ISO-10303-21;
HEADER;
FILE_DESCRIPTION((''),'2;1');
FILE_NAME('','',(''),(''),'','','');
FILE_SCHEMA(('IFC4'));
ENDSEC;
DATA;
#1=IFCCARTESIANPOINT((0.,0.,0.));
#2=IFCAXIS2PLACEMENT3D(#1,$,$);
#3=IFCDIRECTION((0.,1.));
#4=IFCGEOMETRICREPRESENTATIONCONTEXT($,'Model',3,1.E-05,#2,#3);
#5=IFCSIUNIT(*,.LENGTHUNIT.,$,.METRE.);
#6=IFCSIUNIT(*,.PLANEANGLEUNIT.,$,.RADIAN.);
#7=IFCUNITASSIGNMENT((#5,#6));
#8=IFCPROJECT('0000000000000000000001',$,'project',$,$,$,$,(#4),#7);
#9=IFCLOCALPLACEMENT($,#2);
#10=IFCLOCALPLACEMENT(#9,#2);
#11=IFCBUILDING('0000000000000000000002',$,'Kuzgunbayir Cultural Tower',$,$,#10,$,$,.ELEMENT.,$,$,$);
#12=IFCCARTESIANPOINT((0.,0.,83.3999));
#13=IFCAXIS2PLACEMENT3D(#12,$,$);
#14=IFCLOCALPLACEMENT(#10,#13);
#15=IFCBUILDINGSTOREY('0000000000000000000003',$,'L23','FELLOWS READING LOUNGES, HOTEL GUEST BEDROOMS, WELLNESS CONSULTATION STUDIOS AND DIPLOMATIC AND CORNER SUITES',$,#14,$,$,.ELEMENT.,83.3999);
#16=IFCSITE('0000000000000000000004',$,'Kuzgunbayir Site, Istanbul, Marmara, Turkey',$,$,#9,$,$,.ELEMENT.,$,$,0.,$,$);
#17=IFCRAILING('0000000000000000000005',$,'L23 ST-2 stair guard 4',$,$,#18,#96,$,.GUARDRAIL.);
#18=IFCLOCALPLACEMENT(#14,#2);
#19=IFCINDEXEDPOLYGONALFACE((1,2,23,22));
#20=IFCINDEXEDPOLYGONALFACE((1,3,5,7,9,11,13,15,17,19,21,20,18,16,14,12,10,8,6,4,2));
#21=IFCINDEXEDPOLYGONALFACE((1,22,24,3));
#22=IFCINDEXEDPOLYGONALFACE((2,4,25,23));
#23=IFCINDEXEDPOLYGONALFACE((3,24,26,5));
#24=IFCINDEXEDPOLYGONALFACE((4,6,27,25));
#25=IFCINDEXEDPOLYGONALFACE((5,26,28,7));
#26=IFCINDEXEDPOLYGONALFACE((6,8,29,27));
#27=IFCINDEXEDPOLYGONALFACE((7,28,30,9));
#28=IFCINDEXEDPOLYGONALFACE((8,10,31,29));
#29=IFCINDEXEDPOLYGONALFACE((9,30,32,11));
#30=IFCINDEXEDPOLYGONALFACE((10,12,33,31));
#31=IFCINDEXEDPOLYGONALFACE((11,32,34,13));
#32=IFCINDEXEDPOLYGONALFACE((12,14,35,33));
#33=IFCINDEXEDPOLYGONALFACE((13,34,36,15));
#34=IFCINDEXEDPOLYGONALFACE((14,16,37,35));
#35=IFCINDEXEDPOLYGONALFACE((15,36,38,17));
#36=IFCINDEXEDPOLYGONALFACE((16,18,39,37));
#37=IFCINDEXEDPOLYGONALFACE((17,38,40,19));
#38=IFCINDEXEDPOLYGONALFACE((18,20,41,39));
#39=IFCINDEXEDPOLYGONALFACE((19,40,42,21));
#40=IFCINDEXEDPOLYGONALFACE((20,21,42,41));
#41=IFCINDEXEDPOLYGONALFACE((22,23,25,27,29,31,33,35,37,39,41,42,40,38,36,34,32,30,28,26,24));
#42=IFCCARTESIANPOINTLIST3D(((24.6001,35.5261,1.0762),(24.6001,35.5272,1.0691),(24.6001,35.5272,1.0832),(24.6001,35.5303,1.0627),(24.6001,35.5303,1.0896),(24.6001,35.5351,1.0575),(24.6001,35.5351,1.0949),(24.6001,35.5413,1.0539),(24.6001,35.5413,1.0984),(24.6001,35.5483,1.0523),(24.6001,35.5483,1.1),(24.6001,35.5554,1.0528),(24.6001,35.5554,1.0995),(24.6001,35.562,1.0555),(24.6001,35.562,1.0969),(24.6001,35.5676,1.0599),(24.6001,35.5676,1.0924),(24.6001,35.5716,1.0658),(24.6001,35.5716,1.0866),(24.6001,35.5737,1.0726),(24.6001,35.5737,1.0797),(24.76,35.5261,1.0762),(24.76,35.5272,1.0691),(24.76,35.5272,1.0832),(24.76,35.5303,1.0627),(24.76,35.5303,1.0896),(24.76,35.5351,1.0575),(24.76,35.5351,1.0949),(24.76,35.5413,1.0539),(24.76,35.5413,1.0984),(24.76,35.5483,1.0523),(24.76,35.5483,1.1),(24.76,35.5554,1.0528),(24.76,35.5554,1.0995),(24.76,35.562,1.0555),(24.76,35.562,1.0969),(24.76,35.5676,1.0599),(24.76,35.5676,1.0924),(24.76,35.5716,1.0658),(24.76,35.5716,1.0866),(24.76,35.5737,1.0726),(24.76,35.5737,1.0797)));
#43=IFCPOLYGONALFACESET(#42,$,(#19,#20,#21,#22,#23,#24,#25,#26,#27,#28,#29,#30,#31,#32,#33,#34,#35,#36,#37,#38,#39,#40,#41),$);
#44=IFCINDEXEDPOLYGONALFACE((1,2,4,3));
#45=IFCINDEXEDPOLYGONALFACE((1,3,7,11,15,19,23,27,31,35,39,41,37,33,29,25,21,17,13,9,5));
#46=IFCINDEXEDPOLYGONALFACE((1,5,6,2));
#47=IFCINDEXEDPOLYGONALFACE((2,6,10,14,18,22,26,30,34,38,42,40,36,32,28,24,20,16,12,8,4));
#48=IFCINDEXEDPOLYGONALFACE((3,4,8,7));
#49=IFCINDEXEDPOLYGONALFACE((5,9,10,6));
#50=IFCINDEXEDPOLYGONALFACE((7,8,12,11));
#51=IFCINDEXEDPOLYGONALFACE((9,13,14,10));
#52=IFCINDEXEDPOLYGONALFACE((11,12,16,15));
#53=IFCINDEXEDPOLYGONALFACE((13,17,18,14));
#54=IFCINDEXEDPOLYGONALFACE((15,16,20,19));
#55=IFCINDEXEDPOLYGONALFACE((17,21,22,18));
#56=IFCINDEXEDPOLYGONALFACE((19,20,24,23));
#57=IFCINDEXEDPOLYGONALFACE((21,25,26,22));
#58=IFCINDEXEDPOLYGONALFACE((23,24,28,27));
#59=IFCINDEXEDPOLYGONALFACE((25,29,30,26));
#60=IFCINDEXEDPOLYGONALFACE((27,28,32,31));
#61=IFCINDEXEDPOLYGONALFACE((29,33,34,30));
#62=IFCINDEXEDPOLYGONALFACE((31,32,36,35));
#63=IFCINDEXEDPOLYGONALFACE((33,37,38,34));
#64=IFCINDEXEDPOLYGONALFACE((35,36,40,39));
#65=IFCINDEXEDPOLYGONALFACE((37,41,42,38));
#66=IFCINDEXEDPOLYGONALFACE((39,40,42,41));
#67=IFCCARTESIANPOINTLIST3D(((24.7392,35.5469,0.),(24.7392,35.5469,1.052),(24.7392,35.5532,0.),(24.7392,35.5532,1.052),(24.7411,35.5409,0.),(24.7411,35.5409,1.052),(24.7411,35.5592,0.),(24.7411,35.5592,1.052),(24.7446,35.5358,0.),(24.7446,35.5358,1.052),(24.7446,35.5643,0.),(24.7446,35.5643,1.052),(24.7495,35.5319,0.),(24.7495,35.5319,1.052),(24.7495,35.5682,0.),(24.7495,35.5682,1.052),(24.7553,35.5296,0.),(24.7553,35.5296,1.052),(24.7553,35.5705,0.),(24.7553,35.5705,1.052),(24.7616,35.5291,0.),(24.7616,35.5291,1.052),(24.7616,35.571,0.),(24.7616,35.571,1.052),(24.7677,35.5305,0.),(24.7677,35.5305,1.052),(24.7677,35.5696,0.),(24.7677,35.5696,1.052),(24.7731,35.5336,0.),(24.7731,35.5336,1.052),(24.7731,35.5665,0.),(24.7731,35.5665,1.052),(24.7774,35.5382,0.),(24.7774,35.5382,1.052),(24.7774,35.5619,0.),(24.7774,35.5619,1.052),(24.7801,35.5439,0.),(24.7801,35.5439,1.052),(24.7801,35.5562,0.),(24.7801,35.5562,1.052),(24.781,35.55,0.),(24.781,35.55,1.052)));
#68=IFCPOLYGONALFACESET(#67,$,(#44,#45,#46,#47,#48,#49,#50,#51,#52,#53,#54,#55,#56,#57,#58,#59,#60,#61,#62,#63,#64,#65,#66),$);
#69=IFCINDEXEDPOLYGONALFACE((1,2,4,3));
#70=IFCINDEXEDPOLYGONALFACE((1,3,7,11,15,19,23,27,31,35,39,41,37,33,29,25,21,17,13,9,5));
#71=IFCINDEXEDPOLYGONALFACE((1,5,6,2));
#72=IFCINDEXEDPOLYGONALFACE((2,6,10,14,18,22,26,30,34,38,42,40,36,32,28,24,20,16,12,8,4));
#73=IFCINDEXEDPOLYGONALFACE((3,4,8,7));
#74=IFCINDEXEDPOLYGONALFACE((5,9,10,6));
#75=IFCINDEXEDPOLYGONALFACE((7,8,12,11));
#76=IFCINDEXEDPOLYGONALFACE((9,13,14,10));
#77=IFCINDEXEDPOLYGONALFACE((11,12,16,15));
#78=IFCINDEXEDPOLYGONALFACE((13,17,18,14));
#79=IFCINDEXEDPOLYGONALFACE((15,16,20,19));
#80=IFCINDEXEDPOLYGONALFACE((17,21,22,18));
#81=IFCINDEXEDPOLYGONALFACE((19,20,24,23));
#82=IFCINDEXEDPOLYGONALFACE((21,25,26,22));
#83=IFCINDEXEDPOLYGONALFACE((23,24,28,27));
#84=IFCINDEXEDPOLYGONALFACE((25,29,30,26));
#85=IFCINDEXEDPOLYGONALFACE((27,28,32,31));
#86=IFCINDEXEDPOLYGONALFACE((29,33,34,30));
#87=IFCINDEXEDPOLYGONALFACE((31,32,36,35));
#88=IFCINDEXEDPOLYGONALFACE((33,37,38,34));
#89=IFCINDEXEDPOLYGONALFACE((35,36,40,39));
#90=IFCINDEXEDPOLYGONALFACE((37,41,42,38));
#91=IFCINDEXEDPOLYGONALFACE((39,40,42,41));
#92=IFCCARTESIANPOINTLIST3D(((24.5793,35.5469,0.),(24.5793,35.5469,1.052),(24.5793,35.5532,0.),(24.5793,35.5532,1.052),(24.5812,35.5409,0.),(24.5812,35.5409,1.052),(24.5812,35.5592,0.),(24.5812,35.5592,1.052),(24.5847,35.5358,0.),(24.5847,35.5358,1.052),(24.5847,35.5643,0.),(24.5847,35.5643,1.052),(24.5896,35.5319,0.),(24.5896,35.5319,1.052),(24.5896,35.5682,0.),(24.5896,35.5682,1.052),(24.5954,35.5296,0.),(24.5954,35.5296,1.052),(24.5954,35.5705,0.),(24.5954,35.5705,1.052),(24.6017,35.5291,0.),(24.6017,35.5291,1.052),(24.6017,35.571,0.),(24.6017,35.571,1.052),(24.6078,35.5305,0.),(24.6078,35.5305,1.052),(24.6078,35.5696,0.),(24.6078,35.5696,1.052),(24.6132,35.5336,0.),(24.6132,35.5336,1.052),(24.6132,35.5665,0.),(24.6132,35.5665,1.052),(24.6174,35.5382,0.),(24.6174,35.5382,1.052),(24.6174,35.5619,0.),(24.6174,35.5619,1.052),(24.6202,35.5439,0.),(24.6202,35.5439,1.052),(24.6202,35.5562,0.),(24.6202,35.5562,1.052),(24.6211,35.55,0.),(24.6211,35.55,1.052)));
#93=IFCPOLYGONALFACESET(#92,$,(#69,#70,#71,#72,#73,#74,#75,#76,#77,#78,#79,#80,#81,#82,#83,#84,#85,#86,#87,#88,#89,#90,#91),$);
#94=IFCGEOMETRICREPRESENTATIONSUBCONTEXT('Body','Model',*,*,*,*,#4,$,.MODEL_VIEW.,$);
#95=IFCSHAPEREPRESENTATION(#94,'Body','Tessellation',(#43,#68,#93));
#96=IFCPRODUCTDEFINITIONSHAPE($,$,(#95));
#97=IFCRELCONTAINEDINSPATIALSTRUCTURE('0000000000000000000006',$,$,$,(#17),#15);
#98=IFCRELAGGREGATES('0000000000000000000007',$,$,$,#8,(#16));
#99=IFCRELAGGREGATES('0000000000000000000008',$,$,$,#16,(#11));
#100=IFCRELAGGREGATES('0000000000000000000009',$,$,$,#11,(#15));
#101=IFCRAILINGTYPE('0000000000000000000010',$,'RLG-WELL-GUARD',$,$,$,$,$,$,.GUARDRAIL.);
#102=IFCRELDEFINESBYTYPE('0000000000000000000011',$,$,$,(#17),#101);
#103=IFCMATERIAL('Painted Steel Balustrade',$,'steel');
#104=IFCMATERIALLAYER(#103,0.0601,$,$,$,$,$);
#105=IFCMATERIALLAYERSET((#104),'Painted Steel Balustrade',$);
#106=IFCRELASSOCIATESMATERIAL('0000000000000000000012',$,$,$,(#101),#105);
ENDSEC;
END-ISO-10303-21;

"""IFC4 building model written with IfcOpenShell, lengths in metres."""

from ifc_helpers import new_model, si_unit, direction, frame, origin, origin_2d, place, context, subcontext, project, spatial, circle, extrude, material, layer, layer_set, type_object, element, save


model = new_model("IFC4")

# Units and contexts
model_context = context("Model", 3, precision=1e-05, world=origin(), true_north=direction((0.0, 1.0)))
body_context = subcontext(model_context, "Body", "Model", "MODEL_VIEW")
ifc_project = project(units=[si_unit("LENGTHUNIT", "METRE"), si_unit("PLANEANGLEUNIT", "RADIAN")], contexts=[model_context])

# Site, building, storey
site_placement = place(None, origin())
site = spatial("IfcSite", under=ifc_project, at=site_placement, Name="Kuzgunbayir Site, Istanbul, Marmara, Turkey", CompositionType="ELEMENT", RefElevation=0.0)
building_placement = place(site_placement, origin())
building = spatial("IfcBuilding", under=site, at=building_placement, Name="Kuzgunbayir Cultural Tower", CompositionType="ELEMENT")
storey_placement = place(building_placement, frame((0.0, 0.0, 83.3999)))
storey = spatial("IfcBuildingStorey", under=building, at=storey_placement, Name="L23", Description="FELLOWS READING LOUNGES, HOTEL GUEST BEDROOMS, WELLNESS CONSULTATION STUDIOS AND DIPLOMATIC AND CORNER SUITES", CompositionType="ELEMENT", Elevation=83.3999)

# Railing
ifc_material_1 = material(Name="Painted Steel Balustrade", Category="steel")
ifc_layer_1 = layer(ifc_material_1, 0.0601)
ifc_layer_set_1 = layer_set([ifc_layer_1], Name="Painted Steel Balustrade")
railing_type_1 = type_object("IfcRailingType", Name="RLG-WELL-GUARD", PredefinedType="GUARDRAIL", material=ifc_layer_set_1)
railing_1_placement = place(storey_placement, frame((24.76, 35.55, 0.0)))
element("IfcRailing", 1, at=railing_1_placement, inside=storey, type_object=railing_type_1, Name="L23 ST-2 stair guard 4", PredefinedType="GUARDRAIL", context=body_context, shape_type="SweptSolid", body=[
    extrude(circle(Radius=0.0239, at=origin_2d()), frame((0.0, 0.0, 1.0762), z_axis=(-1.0, 0.0, 0.0), x_axis=(0.0, -1.0, 0.0)), (0.0, 0.0, 1.0), 0.1599),
    extrude(circle(Radius=0.021, at=origin_2d()), origin(), (0.0, 0.0, 1.0), 1.052),
    extrude(circle(Radius=0.021, at=origin_2d()), frame((-0.1599, 0.0, 0.0)), (0.0, 0.0, 1.0), 1.052),
])

save(model, "model.ifc")
